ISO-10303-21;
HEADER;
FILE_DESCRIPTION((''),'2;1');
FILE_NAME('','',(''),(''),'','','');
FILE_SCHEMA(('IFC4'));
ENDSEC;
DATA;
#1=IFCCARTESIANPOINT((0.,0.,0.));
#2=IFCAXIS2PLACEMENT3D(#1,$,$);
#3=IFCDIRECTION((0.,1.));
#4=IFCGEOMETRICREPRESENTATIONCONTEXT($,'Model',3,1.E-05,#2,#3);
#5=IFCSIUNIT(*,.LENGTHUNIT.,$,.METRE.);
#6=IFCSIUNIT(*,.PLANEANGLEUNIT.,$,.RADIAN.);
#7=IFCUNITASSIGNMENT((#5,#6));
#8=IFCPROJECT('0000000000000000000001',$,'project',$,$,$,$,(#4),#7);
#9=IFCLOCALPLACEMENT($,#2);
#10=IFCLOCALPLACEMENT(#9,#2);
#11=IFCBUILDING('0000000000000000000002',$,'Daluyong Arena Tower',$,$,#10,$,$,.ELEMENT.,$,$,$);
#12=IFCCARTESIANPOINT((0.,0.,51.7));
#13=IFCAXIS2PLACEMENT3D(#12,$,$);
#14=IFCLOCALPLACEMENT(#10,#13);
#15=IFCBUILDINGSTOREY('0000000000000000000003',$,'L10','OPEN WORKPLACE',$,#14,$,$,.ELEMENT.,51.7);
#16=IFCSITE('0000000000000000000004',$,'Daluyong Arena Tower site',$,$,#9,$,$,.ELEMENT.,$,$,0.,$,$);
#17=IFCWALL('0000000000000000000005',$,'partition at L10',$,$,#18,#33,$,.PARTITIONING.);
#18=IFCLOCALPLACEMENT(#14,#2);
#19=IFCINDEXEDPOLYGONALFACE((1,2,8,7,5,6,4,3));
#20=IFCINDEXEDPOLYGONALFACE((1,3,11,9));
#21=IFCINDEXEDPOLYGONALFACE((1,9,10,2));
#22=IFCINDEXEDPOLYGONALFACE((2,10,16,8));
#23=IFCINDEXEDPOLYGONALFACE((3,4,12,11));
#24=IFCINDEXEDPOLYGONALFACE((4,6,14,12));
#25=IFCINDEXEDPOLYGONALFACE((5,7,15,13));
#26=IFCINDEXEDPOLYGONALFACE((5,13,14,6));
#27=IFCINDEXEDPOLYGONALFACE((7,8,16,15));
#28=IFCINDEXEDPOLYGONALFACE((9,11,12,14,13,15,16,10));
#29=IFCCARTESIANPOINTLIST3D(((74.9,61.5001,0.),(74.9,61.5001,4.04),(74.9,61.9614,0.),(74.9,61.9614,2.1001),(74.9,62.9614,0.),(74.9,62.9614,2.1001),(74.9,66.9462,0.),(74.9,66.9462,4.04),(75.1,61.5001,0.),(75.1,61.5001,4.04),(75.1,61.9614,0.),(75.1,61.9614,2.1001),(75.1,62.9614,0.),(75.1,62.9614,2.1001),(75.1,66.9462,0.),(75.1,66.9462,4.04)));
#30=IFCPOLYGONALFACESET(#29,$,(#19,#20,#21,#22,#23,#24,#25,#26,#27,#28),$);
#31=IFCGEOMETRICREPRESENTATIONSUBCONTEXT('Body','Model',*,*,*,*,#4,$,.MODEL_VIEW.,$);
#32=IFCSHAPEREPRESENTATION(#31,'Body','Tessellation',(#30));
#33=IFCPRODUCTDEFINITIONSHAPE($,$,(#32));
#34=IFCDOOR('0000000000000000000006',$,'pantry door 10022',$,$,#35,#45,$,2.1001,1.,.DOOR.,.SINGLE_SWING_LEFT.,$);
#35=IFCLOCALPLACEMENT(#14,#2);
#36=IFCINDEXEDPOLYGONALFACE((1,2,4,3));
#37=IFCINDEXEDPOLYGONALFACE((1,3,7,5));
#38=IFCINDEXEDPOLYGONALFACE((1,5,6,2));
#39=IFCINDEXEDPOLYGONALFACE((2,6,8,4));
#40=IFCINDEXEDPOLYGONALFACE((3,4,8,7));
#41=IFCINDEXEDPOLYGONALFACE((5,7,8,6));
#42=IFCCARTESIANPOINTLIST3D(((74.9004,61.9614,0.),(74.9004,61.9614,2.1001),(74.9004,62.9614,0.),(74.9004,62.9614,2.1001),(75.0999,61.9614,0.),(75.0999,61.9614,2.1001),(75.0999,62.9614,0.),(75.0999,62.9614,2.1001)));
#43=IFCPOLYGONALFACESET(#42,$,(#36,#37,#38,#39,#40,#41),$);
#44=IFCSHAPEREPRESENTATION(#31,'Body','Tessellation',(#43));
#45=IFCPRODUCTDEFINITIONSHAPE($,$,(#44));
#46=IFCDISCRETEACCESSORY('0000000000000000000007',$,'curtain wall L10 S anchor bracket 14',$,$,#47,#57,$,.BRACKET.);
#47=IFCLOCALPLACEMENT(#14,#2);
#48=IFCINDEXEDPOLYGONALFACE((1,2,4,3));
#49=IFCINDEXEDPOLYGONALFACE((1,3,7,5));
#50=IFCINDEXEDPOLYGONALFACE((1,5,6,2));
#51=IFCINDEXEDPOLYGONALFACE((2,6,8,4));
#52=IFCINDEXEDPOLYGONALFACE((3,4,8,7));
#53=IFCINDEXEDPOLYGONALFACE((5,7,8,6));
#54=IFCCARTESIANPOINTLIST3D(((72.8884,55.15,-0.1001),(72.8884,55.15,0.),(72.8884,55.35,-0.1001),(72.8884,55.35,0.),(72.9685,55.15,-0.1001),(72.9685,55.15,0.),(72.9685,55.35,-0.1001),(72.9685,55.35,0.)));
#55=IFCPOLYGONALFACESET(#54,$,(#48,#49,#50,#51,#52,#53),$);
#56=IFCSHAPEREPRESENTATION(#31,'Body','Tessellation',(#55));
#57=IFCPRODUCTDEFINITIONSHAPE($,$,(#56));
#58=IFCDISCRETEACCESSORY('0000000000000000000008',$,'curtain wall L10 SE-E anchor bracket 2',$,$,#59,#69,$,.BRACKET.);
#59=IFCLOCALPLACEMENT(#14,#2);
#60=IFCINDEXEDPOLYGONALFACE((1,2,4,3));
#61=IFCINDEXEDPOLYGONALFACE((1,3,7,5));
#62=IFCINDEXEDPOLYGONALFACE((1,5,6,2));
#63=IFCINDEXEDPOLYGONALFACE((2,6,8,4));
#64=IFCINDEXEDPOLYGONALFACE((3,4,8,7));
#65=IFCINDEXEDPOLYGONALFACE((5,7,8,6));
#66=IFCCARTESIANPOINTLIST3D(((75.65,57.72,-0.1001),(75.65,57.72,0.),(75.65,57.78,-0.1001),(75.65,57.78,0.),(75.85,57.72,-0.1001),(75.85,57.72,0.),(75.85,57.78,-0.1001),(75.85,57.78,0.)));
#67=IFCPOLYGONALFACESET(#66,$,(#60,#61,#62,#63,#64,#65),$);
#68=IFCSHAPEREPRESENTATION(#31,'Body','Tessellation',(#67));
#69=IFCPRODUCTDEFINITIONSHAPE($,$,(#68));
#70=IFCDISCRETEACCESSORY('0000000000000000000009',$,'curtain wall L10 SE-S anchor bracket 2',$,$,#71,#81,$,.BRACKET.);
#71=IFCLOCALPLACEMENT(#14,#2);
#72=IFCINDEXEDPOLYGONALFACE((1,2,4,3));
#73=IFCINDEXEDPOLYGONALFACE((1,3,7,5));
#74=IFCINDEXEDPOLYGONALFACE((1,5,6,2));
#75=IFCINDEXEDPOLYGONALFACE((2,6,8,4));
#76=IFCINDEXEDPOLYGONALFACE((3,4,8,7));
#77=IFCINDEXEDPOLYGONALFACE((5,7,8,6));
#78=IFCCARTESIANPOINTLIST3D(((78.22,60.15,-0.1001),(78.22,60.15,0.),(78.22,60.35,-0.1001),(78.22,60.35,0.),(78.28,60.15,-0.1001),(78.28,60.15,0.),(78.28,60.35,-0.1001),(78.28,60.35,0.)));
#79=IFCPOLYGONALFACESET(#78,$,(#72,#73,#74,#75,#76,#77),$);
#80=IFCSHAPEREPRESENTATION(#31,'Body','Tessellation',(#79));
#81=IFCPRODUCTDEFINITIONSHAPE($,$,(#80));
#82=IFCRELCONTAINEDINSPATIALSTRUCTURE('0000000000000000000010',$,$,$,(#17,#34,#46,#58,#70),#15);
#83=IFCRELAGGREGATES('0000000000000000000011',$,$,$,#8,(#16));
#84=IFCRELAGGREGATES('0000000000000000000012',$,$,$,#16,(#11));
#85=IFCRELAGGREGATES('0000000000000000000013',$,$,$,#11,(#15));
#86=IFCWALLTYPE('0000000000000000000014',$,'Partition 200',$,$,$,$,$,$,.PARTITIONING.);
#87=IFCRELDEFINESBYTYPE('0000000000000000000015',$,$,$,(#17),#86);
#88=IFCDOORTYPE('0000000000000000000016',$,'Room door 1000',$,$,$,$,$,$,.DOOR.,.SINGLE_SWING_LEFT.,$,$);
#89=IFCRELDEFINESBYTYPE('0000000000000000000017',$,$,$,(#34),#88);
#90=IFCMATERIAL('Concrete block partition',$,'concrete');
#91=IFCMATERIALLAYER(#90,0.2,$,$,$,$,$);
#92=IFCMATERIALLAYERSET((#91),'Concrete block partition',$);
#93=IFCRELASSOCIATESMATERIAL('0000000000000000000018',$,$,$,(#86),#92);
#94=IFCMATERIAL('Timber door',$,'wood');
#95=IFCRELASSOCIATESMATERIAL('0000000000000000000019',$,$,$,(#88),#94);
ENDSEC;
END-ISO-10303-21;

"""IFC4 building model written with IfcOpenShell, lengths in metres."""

from ifc_helpers import new_model, si_unit, direction, frame, frame_2d, origin, origin_2d, place, context, subcontext, project, spatial, rectangle, extrude, material, layer, layer_set, type_object, element, fill, save


model = new_model("IFC4")

# Units and contexts
model_context = context("Model", 3, precision=1e-05, world=origin(), true_north=direction((0.0, 1.0)))
body_context = subcontext(model_context, "Body", "Model", "MODEL_VIEW")
ifc_project = project(units=[si_unit("LENGTHUNIT", "METRE"), si_unit("PLANEANGLEUNIT", "RADIAN")], contexts=[model_context])

# Site, building, storey
site_placement = place(None, origin())
site = spatial("IfcSite", under=ifc_project, at=site_placement, Name="Daluyong Arena Tower site", CompositionType="ELEMENT", RefElevation=0.0)
building_placement = place(site_placement, origin())
building = spatial("IfcBuilding", under=site, at=building_placement, Name="Daluyong Arena Tower", CompositionType="ELEMENT")
storey_placement = place(building_placement, frame((0.0, 0.0, 51.7)))
storey = spatial("IfcBuildingStorey", under=building, at=storey_placement, Name="L10", Description="OPEN WORKPLACE", CompositionType="ELEMENT", Elevation=51.7)

# Wall, opening, door
ifc_material_1 = material(Name="Concrete block partition", Category="concrete")
ifc_layer_1 = layer(ifc_material_1, 0.2)
ifc_layer_set_1 = layer_set([ifc_layer_1], Name="Concrete block partition")
wall_type = type_object("IfcWallType", Name="Partition 200", PredefinedType="PARTITIONING", material=ifc_layer_set_1)
wall_placement = place(storey_placement, frame((75.0, 61.5, 0.0), z_axis=(0.0, 0.0, 1.0), x_axis=(0.0, 1.0, 0.0)))
wall = element("IfcWall", 1, at=wall_placement, inside=storey, type_object=wall_type, Name="partition at L10", PredefinedType="PARTITIONING", context=body_context, shape_type="SweptSolid", body=[
    extrude(rectangle(XDim=5.446, YDim=0.2, at=frame_2d((2.7231, 0.0))), origin(), (0.0, 0.0, 1.0), 4.04),
])
opening_placement = place(wall_placement, frame((0.4614, 0.0, 0.0)))
opening = element("IfcOpeningElement", 2, at=opening_placement, cuts=wall, PredefinedType="OPENING", context=body_context, shape_type="SweptSolid", body=[
    extrude(rectangle(XDim=1.0, YDim=2.1001, at=frame_2d((0.5, 1.05))), frame((0.0, 0.1099, 0.0), z_axis=(0.0, -1.0, 0.0), x_axis=(1.0, 0.0, 0.0)), (0.0, 0.0, 1.0), 0.22),
])
ifc_material_2 = material(Name="Timber door", Category="wood")
door_type = type_object("IfcDoorType", Name="Room door 1000", OperationType="SINGLE_SWING_LEFT", PredefinedType="DOOR", material=ifc_material_2)
door_placement = place(opening_placement, origin())
door = element("IfcDoor", 3, at=door_placement, inside=storey, type_object=door_type, Name="pantry door 10022", OperationType="SINGLE_SWING_LEFT", OverallHeight=2.1001, OverallWidth=1.0, PredefinedType="DOOR", context=body_context, shape_type="SweptSolid", body=[
    extrude(rectangle(XDim=1.0, YDim=2.1001, at=frame_2d((0.5, 1.05))), frame((0.0, 0.0996, 0.0), z_axis=(0.0, -1.0, 0.0), x_axis=(1.0, 0.0, 0.0)), (0.0, 0.0, 1.0), 0.1995),
])
fill(opening, door)

# Discrete accessories
discrete_accessory_placement = place(storey_placement, frame((72.9285, 55.25, -0.1001), z_axis=(0.0, 0.0, 1.0), x_axis=(1.0, 0.0, 0.0)))
element("IfcDiscreteAccessory", 4, at=discrete_accessory_placement, inside=storey, Name="curtain wall L10 S anchor bracket 14", PredefinedType="BRACKET", context=body_context, shape_type="SweptSolid", body=[
    extrude(rectangle(XDim=0.0801, YDim=0.2, at=origin_2d()), origin(), (0.0, 0.0, 1.0), 0.1001),
])
for number, where, z_axis, x_axis, name in (
    (5, (75.75, 57.75, -0.1001), (0.0, 0.0, 1.0), (0.0, 1.0, 0.0), "curtain wall L10 SE-E anchor bracket 2"),
    (6, (78.25, 60.25, -0.1001), (0.0, 0.0, 1.0), (1.0, 0.0, 0.0), "curtain wall L10 SE-S anchor bracket 2"),
):
    element("IfcDiscreteAccessory", number, at=place(storey_placement, frame(where, z_axis=z_axis, x_axis=x_axis)), inside=storey, Name=name, PredefinedType="BRACKET", context=body_context, shape_type="SweptSolid", body=[
        extrude(rectangle(XDim=0.0601, YDim=0.2, at=origin_2d()), origin(), (0.0, 0.0, 1.0), 0.1001),
    ])

save(model, "model.ifc")
